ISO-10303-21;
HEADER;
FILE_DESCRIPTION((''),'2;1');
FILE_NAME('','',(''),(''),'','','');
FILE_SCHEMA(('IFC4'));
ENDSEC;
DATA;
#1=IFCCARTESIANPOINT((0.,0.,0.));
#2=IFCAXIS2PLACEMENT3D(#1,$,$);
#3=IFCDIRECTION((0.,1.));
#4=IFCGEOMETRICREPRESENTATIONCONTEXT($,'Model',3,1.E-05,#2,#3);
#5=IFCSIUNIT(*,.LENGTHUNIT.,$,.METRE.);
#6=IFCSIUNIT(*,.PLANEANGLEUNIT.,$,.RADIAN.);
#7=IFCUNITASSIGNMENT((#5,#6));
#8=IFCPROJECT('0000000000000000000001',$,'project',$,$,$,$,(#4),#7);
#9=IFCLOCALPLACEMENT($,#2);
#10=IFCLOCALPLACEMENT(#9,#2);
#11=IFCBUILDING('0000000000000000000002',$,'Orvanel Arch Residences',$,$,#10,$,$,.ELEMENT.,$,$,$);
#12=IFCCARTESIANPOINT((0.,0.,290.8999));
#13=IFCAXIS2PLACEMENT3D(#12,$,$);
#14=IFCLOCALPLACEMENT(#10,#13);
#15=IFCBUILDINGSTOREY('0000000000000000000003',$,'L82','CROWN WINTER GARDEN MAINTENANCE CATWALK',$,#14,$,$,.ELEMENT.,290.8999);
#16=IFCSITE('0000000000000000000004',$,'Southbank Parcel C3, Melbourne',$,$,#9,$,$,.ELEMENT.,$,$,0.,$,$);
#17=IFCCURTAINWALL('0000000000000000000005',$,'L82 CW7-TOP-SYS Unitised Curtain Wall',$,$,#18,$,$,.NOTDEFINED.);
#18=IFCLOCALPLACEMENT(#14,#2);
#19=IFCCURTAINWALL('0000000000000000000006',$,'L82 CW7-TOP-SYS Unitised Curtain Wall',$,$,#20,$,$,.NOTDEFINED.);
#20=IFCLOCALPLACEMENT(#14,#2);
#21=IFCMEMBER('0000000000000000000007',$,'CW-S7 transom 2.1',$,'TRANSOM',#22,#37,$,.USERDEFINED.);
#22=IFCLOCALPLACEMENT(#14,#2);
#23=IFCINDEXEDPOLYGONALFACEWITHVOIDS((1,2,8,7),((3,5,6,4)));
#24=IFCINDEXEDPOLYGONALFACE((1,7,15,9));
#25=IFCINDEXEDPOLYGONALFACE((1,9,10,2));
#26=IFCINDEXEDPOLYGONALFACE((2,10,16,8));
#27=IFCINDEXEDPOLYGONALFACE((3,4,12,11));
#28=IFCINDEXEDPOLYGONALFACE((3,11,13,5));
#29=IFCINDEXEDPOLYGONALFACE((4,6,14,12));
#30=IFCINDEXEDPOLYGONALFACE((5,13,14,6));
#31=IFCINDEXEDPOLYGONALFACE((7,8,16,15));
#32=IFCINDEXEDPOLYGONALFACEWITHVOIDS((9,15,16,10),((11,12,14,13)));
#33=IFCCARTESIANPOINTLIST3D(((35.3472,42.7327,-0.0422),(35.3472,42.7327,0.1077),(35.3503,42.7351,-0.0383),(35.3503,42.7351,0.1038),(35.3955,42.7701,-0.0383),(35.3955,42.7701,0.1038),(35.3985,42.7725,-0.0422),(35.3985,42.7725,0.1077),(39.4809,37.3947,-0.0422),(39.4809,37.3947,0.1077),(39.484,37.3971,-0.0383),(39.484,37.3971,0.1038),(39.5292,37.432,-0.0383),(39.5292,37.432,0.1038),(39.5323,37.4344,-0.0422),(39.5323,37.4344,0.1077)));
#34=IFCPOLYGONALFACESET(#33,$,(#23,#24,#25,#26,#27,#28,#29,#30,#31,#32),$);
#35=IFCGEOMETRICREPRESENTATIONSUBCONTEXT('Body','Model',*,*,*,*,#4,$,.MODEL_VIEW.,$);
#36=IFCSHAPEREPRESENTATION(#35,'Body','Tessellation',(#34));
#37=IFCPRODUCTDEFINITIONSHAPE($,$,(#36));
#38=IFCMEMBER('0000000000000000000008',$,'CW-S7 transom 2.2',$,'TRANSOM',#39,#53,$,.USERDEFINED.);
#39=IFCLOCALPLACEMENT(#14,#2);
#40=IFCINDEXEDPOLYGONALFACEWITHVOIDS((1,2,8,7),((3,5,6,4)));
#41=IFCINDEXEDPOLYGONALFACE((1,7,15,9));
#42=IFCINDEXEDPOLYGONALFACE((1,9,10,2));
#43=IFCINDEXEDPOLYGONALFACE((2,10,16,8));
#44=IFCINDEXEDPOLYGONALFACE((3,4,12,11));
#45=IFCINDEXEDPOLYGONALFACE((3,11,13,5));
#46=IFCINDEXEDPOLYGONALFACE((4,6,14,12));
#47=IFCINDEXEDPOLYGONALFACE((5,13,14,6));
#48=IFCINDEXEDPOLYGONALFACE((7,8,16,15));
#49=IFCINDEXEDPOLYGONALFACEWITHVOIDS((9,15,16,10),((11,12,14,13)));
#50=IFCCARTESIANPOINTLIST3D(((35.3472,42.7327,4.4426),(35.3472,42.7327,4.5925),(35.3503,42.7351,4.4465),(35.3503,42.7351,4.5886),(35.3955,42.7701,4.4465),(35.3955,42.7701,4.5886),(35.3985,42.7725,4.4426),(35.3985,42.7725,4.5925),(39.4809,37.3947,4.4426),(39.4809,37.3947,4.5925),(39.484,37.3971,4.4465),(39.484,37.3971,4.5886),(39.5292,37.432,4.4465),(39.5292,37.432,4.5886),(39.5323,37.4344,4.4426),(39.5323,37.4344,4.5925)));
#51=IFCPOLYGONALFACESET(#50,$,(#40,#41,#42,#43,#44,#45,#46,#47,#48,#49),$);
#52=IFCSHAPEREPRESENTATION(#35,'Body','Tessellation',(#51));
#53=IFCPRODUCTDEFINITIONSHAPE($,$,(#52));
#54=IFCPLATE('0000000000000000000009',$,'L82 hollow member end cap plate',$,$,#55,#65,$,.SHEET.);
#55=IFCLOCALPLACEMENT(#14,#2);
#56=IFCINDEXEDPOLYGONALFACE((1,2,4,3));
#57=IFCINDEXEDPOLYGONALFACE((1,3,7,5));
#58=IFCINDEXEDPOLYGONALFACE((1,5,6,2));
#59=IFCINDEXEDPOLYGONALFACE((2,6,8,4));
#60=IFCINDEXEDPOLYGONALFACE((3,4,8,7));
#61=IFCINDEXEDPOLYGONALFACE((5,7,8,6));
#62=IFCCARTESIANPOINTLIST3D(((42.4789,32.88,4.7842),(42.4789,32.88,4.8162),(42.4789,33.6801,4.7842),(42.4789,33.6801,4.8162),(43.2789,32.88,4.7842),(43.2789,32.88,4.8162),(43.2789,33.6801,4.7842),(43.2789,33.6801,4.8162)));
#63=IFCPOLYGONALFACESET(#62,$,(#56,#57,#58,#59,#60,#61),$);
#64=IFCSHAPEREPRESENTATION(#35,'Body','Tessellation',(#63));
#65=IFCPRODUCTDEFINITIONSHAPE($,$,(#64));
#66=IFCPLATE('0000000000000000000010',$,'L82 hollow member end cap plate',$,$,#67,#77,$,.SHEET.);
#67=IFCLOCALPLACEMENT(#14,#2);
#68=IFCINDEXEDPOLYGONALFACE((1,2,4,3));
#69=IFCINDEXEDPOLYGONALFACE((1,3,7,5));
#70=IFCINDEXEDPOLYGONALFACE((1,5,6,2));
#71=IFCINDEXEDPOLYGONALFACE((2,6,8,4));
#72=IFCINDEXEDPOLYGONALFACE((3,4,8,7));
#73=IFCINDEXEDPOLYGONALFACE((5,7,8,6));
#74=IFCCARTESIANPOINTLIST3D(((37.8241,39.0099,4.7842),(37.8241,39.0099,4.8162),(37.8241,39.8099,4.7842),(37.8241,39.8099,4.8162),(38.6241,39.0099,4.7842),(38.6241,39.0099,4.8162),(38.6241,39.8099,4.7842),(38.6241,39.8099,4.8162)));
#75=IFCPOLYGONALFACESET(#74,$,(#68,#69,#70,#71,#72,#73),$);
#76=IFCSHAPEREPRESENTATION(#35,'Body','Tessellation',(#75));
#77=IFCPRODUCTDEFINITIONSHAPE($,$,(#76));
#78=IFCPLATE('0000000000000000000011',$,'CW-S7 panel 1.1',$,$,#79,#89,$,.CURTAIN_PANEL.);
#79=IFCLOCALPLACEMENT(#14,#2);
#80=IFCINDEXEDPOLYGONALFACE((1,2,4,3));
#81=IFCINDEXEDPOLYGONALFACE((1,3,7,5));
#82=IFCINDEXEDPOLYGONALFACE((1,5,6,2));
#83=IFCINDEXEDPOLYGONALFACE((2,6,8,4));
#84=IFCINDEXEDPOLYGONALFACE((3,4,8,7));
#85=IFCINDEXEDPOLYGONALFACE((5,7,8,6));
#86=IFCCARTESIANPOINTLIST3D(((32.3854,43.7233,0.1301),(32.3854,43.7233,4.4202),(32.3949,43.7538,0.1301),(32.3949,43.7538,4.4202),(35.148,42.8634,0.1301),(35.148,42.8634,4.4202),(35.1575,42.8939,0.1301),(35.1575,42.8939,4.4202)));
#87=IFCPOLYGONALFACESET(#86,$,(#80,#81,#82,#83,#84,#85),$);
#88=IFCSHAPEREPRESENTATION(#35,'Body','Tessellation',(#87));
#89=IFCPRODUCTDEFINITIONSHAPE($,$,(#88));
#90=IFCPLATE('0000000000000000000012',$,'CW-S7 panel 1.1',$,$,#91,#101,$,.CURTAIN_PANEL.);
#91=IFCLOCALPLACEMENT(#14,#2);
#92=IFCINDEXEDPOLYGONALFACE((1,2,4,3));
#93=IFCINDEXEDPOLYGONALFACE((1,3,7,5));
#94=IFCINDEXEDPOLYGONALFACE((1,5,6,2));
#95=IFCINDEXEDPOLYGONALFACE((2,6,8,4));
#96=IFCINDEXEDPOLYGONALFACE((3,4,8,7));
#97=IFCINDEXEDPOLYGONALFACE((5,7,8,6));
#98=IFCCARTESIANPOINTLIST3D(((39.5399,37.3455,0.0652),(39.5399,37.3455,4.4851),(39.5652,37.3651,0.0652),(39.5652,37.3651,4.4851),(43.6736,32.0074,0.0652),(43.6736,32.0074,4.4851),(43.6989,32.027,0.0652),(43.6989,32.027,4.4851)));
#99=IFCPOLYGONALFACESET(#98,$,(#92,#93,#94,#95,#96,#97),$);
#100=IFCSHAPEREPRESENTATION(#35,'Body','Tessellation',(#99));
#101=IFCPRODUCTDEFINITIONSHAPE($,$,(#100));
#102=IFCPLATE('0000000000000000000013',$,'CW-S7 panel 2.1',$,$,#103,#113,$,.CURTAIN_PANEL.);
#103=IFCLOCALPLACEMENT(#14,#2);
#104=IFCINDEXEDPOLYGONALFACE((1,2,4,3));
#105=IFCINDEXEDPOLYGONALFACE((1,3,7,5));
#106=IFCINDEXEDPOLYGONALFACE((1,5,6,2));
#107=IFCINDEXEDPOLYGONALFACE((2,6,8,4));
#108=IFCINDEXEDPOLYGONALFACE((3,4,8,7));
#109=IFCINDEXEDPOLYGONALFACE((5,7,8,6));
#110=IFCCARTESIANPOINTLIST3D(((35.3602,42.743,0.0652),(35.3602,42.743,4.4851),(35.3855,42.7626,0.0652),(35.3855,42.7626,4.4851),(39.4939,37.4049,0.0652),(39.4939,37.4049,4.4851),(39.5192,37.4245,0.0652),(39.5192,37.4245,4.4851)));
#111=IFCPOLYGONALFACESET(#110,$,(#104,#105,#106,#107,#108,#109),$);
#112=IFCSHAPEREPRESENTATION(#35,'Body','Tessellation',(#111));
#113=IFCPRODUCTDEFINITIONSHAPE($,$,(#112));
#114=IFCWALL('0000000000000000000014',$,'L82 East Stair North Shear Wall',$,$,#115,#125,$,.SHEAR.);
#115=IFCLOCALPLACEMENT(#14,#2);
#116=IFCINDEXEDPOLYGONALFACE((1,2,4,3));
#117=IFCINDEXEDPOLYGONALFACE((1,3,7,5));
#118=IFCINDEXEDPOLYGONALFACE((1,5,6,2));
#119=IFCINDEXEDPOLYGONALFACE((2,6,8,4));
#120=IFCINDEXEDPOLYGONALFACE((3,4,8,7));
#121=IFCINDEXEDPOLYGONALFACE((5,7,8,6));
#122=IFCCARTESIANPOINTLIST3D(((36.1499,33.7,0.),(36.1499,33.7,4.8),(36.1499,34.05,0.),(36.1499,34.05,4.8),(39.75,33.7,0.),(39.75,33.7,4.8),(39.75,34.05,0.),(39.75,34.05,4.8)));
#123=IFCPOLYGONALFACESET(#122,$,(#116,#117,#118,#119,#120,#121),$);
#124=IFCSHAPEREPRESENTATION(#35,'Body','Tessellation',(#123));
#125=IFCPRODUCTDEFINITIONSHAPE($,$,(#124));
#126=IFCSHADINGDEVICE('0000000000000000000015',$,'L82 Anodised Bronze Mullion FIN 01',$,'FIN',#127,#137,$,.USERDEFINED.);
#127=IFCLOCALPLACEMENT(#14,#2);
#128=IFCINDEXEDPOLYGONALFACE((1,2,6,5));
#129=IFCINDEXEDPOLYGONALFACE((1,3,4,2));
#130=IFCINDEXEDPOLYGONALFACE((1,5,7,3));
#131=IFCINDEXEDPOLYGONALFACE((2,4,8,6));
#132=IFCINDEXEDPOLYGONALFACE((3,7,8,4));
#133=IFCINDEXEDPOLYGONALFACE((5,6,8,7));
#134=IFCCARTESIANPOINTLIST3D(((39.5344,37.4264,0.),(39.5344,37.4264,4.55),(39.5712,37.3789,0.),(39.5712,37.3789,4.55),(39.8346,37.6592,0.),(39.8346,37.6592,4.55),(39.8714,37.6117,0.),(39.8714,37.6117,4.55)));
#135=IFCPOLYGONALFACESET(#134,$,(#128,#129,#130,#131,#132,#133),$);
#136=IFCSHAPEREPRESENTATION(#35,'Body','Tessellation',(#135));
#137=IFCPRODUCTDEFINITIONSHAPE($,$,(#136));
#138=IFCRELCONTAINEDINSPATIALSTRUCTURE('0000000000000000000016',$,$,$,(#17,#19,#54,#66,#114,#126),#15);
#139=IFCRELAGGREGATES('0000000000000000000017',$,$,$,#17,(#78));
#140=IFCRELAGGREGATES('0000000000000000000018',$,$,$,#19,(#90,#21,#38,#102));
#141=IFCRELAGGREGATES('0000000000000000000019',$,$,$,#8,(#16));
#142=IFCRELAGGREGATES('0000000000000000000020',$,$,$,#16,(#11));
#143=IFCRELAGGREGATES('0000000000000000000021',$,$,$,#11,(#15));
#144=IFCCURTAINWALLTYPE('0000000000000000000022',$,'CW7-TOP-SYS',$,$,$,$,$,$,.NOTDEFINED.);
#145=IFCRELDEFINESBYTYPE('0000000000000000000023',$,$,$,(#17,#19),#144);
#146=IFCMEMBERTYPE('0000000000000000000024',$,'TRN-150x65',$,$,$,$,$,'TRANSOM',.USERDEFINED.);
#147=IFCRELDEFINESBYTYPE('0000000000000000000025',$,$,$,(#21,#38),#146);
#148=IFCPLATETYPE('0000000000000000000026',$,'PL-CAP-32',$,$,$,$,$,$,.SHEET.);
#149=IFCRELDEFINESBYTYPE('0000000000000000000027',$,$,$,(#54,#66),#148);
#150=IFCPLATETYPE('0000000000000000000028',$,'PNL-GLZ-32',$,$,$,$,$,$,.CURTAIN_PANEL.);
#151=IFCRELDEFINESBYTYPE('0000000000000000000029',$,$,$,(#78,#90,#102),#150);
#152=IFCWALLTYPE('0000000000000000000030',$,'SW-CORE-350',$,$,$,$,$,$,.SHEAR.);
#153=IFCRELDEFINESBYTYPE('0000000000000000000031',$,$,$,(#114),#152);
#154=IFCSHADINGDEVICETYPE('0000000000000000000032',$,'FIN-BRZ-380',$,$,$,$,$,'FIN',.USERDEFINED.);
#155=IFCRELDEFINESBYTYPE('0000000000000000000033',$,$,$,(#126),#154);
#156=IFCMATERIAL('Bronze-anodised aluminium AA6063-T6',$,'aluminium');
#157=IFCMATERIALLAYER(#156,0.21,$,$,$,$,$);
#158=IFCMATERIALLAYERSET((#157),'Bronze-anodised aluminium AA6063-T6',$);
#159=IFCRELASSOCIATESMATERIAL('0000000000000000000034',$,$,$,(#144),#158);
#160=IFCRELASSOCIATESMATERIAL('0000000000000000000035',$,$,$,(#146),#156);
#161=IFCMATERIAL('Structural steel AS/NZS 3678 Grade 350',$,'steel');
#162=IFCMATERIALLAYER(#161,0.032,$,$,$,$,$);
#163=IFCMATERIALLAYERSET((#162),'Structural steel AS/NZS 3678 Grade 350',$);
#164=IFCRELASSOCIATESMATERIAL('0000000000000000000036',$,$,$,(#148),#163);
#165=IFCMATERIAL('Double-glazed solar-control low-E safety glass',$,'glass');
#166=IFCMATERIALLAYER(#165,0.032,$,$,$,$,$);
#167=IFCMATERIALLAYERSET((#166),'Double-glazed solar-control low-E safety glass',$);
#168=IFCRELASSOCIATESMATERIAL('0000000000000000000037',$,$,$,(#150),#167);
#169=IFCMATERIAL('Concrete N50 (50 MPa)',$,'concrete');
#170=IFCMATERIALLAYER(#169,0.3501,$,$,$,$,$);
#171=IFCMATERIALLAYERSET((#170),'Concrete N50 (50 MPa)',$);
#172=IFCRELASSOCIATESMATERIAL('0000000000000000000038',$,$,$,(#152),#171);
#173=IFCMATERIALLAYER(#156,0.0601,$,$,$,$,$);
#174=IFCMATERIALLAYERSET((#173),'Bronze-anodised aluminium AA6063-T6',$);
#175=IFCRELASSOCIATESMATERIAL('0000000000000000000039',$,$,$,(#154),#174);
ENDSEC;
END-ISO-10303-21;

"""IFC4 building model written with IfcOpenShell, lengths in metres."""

from ifc_helpers import new_model, si_unit, direction, frame, frame_2d, origin, origin_2d, place, context, subcontext, project, spatial, rectangle, hollow_rectangle, extrude, material, layer, layer_set, material_profile, profile_set, type_object, element, aggregate, save


model = new_model("IFC4")

# Units and contexts
model_context = context("Model", 3, precision=1e-05, world=origin(), true_north=direction((0.0, 1.0)))
body_context = subcontext(model_context, "Body", "Model", "MODEL_VIEW")
ifc_project = project(units=[si_unit("LENGTHUNIT", "METRE"), si_unit("PLANEANGLEUNIT", "RADIAN")], contexts=[model_context])

# Site, building, storey
site_placement = place(None, origin())
site = spatial("IfcSite", under=ifc_project, at=site_placement, Name="Southbank Parcel C3, Melbourne", CompositionType="ELEMENT", RefElevation=0.0)
building_placement = place(site_placement, origin())
building = spatial("IfcBuilding", under=site, at=building_placement, Name="Orvanel Arch Residences", CompositionType="ELEMENT")
storey_placement = place(building_placement, frame((0.0, 0.0, 290.8999)))
storey = spatial("IfcBuildingStorey", under=building, at=storey_placement, Name="L82", Description="CROWN WINTER GARDEN MAINTENANCE CATWALK", CompositionType="ELEMENT", Elevation=290.8999)

# Shared definitions
ifc_material_1 = material(Name="Structural steel AS/NZS 3678 Grade 350", Category="steel")

# Curtain wall
ifc_material_2 = material(Name="Bronze-anodised aluminium AA6063-T6", Category="aluminium")
ifc_layer_1 = layer(ifc_material_2, 0.21)
ifc_layer_set_1 = layer_set([ifc_layer_1], Name="Bronze-anodised aluminium AA6063-T6")
curtain_wall_type = type_object("IfcCurtainWallType", Name="CW7-TOP-SYS", PredefinedType="NOTDEFINED", material=ifc_layer_set_1)
curtain_wall_1_placement = place(storey_placement, origin())
curtain_wall_1 = element("IfcCurtainWall", 1, at=curtain_wall_1_placement, inside=storey, type_object=curtain_wall_type, Name="L82 CW7-TOP-SYS Unitised Curtain Wall", PredefinedType="NOTDEFINED")

# Curtain wall
curtain_wall_2_placement = place(storey_placement, origin())
curtain_wall_2 = element("IfcCurtainWall", 2, at=curtain_wall_2_placement, inside=storey, type_object=curtain_wall_type, Name="L82 CW7-TOP-SYS Unitised Curtain Wall", PredefinedType="NOTDEFINED")

# Members
ifc_material_profile_1 = material_profile(ifc_material_2, hollow_rectangle(XDim=0.0649, YDim=0.1499, WallThickness=0.0039, at=origin_2d()), Name="ALU150x65x4")
ifc_profile_set_1 = profile_set([ifc_material_profile_1], Name="Bronze-anodised aluminium AA6063-T6")
member_type_1 = type_object("IfcMemberType", Name="TRN-150x65", ElementType="TRANSOM", PredefinedType="USERDEFINED", material=ifc_profile_set_1)
member_1_placement = place(storey_placement, frame((39.5066, 37.4146, 0.0327), z_axis=(-0.612269, 0.790649, 0.0), x_axis=(-0.790649, -0.612269, 0.0)))
member_1 = element("IfcMember", 3, at=member_1_placement, type_object=member_type_1, Name="CW-S7 transom 2.1", ObjectType="TRANSOM", PredefinedType="USERDEFINED", context=body_context, shape_type="SweptSolid", body=[
    extrude(hollow_rectangle(XDim=0.0649, YDim=0.1499, WallThickness=0.0039, at=origin_2d()), origin(), (0.0, 0.0, 1.0), 6.7515),
])
member_2_placement = place(storey_placement, frame((39.5066, 37.4146, 4.5176), z_axis=(-0.612269, 0.790649, 0.0), x_axis=(-0.790649, -0.612269, 0.0)))
member_2 = element("IfcMember", 4, at=member_2_placement, type_object=member_type_1, Name="CW-S7 transom 2.2", ObjectType="TRANSOM", PredefinedType="USERDEFINED", context=body_context, shape_type="SweptSolid", body=[
    extrude(hollow_rectangle(XDim=0.0649, YDim=0.1499, WallThickness=0.0039, at=origin_2d()), origin(), (0.0, 0.0, 1.0), 6.7515),
])

# Plates
ifc_layer_2 = layer(ifc_material_1, 0.032)
ifc_layer_set_2 = layer_set([ifc_layer_2], Name="Structural steel AS/NZS 3678 Grade 350")
plate_type_1 = type_object("IfcPlateType", Name="PL-CAP-32", PredefinedType="SHEET", material=ifc_layer_set_2)
for number, where, z_axis, x_axis, name in (
    (5, (42.8789, 33.28, 4.7842), (0.0, 0.0, 1.0), (1.0, 0.0, 0.0), "L82 hollow member end cap plate"),
    (6, (38.2241, 39.4099, 4.7842), (0.0, 0.0, 1.0), (1.0, 0.0, 0.0), "L82 hollow member end cap plate"),
):
    element("IfcPlate", number, at=place(storey_placement, frame(where, z_axis=z_axis, x_axis=x_axis)), inside=storey, type_object=plate_type_1, Name=name, PredefinedType="SHEET", context=body_context, shape_type="SweptSolid", body=[
        extrude(rectangle(XDim=0.8, YDim=0.8, at=origin_2d()), origin(), (0.0, 0.0, 1.0), 0.032),
    ])

# Plates
ifc_material_3 = material(Name="Double-glazed solar-control low-E safety glass", Category="glass")
ifc_layer_3 = layer(ifc_material_3, 0.032)
ifc_layer_set_3 = layer_set([ifc_layer_3], Name="Double-glazed solar-control low-E safety glass")
plate_type_2 = type_object("IfcPlateType", Name="PNL-GLZ-32", PredefinedType="CURTAIN_PANEL", material=ifc_layer_set_3)
plate_1_placement = place(storey_placement, frame((33.7715, 43.3086, 0.1301), z_axis=(0.0, 0.0, 1.0), x_axis=(-0.954819, 0.297187, 0.0)))
plate_1 = element("IfcPlate", 7, at=plate_1_placement, type_object=plate_type_2, Name="CW-S7 panel 1.1", PredefinedType="CURTAIN_PANEL", context=body_context, shape_type="SweptSolid", body=[
    extrude(rectangle(XDim=2.8933, YDim=0.032, at=origin_2d()), origin(), (0.0, 0.0, 1.0), 4.29),
])
aggregate(curtain_wall_1, [plate_1])
plate_2_placement = place(storey_placement, frame((41.6194, 34.6863, 0.0652), z_axis=(0.0, 0.0, 1.0), x_axis=(-0.61226, 0.790657, 0.0)))
plate_2 = element("IfcPlate", 8, at=plate_2_placement, type_object=plate_type_2, Name="CW-S7 panel 1.1", PredefinedType="CURTAIN_PANEL", context=body_context, shape_type="SweptSolid", body=[
    extrude(rectangle(XDim=6.7515, YDim=0.032, at=origin_2d()), origin(), (0.0, 0.0, 1.0), 4.4199),
])
plate_3_placement = place(storey_placement, frame((37.4397, 40.0837, 0.0652), z_axis=(0.0, 0.0, 1.0), x_axis=(-0.61226, 0.790657, 0.0)))
plate_3 = element("IfcPlate", 9, at=plate_3_placement, type_object=plate_type_2, Name="CW-S7 panel 2.1", PredefinedType="CURTAIN_PANEL", context=body_context, shape_type="SweptSolid", body=[
    extrude(rectangle(XDim=6.7515, YDim=0.032, at=origin_2d()), origin(), (0.0, 0.0, 1.0), 4.4199),
])
aggregate(curtain_wall_2, [plate_2, member_1, member_2, plate_3])

# Wall
ifc_material_4 = material(Name="Concrete N50 (50 MPa)", Category="concrete")
ifc_layer_4 = layer(ifc_material_4, 0.3501)
ifc_layer_set_4 = layer_set([ifc_layer_4], Name="Concrete N50 (50 MPa)")
wall_type = type_object("IfcWallType", Name="SW-CORE-350", PredefinedType="SHEAR", material=ifc_layer_set_4)
wall_placement = place(storey_placement, frame((36.1499, 33.875, 0.0), z_axis=(0.0, 0.0, 1.0), x_axis=(1.0, 0.0, 0.0)))
element("IfcWall", 10, at=wall_placement, inside=storey, type_object=wall_type, Name="L82 East Stair North Shear Wall", PredefinedType="SHEAR", context=body_context, shape_type="SweptSolid", body=[
    extrude(rectangle(XDim=3.6001, YDim=0.3501, at=frame_2d((1.8, 0.0))), origin(), (0.0, 0.0, 1.0), 4.8),
])

# Shading device
ifc_layer_5 = layer(ifc_material_2, 0.0601)
ifc_layer_set_5 = layer_set([ifc_layer_5], Name="Bronze-anodised aluminium AA6063-T6")
shading_device_type = type_object("IfcShadingDeviceType", Name="FIN-BRZ-380", ElementType="FIN", PredefinedType="USERDEFINED", material=ifc_layer_set_5)
shading_device_placement = place(storey_placement, frame((39.7029, 37.519, 0.0), z_axis=(0.0, 0.0, 1.0), x_axis=(0.790155, 0.612907, 0.0)))
element("IfcShadingDevice", 11, at=shading_device_placement, inside=storey, type_object=shading_device_type, Name="L82 Anodised Bronze Mullion FIN 01", ObjectType="FIN", PredefinedType="USERDEFINED", context=body_context, shape_type="SweptSolid", body=[
    extrude(rectangle(XDim=0.3799, YDim=0.0601, at=origin_2d()), origin(), (0.0, 0.0, 1.0), 4.55),
])

save(model, "model.ifc")
